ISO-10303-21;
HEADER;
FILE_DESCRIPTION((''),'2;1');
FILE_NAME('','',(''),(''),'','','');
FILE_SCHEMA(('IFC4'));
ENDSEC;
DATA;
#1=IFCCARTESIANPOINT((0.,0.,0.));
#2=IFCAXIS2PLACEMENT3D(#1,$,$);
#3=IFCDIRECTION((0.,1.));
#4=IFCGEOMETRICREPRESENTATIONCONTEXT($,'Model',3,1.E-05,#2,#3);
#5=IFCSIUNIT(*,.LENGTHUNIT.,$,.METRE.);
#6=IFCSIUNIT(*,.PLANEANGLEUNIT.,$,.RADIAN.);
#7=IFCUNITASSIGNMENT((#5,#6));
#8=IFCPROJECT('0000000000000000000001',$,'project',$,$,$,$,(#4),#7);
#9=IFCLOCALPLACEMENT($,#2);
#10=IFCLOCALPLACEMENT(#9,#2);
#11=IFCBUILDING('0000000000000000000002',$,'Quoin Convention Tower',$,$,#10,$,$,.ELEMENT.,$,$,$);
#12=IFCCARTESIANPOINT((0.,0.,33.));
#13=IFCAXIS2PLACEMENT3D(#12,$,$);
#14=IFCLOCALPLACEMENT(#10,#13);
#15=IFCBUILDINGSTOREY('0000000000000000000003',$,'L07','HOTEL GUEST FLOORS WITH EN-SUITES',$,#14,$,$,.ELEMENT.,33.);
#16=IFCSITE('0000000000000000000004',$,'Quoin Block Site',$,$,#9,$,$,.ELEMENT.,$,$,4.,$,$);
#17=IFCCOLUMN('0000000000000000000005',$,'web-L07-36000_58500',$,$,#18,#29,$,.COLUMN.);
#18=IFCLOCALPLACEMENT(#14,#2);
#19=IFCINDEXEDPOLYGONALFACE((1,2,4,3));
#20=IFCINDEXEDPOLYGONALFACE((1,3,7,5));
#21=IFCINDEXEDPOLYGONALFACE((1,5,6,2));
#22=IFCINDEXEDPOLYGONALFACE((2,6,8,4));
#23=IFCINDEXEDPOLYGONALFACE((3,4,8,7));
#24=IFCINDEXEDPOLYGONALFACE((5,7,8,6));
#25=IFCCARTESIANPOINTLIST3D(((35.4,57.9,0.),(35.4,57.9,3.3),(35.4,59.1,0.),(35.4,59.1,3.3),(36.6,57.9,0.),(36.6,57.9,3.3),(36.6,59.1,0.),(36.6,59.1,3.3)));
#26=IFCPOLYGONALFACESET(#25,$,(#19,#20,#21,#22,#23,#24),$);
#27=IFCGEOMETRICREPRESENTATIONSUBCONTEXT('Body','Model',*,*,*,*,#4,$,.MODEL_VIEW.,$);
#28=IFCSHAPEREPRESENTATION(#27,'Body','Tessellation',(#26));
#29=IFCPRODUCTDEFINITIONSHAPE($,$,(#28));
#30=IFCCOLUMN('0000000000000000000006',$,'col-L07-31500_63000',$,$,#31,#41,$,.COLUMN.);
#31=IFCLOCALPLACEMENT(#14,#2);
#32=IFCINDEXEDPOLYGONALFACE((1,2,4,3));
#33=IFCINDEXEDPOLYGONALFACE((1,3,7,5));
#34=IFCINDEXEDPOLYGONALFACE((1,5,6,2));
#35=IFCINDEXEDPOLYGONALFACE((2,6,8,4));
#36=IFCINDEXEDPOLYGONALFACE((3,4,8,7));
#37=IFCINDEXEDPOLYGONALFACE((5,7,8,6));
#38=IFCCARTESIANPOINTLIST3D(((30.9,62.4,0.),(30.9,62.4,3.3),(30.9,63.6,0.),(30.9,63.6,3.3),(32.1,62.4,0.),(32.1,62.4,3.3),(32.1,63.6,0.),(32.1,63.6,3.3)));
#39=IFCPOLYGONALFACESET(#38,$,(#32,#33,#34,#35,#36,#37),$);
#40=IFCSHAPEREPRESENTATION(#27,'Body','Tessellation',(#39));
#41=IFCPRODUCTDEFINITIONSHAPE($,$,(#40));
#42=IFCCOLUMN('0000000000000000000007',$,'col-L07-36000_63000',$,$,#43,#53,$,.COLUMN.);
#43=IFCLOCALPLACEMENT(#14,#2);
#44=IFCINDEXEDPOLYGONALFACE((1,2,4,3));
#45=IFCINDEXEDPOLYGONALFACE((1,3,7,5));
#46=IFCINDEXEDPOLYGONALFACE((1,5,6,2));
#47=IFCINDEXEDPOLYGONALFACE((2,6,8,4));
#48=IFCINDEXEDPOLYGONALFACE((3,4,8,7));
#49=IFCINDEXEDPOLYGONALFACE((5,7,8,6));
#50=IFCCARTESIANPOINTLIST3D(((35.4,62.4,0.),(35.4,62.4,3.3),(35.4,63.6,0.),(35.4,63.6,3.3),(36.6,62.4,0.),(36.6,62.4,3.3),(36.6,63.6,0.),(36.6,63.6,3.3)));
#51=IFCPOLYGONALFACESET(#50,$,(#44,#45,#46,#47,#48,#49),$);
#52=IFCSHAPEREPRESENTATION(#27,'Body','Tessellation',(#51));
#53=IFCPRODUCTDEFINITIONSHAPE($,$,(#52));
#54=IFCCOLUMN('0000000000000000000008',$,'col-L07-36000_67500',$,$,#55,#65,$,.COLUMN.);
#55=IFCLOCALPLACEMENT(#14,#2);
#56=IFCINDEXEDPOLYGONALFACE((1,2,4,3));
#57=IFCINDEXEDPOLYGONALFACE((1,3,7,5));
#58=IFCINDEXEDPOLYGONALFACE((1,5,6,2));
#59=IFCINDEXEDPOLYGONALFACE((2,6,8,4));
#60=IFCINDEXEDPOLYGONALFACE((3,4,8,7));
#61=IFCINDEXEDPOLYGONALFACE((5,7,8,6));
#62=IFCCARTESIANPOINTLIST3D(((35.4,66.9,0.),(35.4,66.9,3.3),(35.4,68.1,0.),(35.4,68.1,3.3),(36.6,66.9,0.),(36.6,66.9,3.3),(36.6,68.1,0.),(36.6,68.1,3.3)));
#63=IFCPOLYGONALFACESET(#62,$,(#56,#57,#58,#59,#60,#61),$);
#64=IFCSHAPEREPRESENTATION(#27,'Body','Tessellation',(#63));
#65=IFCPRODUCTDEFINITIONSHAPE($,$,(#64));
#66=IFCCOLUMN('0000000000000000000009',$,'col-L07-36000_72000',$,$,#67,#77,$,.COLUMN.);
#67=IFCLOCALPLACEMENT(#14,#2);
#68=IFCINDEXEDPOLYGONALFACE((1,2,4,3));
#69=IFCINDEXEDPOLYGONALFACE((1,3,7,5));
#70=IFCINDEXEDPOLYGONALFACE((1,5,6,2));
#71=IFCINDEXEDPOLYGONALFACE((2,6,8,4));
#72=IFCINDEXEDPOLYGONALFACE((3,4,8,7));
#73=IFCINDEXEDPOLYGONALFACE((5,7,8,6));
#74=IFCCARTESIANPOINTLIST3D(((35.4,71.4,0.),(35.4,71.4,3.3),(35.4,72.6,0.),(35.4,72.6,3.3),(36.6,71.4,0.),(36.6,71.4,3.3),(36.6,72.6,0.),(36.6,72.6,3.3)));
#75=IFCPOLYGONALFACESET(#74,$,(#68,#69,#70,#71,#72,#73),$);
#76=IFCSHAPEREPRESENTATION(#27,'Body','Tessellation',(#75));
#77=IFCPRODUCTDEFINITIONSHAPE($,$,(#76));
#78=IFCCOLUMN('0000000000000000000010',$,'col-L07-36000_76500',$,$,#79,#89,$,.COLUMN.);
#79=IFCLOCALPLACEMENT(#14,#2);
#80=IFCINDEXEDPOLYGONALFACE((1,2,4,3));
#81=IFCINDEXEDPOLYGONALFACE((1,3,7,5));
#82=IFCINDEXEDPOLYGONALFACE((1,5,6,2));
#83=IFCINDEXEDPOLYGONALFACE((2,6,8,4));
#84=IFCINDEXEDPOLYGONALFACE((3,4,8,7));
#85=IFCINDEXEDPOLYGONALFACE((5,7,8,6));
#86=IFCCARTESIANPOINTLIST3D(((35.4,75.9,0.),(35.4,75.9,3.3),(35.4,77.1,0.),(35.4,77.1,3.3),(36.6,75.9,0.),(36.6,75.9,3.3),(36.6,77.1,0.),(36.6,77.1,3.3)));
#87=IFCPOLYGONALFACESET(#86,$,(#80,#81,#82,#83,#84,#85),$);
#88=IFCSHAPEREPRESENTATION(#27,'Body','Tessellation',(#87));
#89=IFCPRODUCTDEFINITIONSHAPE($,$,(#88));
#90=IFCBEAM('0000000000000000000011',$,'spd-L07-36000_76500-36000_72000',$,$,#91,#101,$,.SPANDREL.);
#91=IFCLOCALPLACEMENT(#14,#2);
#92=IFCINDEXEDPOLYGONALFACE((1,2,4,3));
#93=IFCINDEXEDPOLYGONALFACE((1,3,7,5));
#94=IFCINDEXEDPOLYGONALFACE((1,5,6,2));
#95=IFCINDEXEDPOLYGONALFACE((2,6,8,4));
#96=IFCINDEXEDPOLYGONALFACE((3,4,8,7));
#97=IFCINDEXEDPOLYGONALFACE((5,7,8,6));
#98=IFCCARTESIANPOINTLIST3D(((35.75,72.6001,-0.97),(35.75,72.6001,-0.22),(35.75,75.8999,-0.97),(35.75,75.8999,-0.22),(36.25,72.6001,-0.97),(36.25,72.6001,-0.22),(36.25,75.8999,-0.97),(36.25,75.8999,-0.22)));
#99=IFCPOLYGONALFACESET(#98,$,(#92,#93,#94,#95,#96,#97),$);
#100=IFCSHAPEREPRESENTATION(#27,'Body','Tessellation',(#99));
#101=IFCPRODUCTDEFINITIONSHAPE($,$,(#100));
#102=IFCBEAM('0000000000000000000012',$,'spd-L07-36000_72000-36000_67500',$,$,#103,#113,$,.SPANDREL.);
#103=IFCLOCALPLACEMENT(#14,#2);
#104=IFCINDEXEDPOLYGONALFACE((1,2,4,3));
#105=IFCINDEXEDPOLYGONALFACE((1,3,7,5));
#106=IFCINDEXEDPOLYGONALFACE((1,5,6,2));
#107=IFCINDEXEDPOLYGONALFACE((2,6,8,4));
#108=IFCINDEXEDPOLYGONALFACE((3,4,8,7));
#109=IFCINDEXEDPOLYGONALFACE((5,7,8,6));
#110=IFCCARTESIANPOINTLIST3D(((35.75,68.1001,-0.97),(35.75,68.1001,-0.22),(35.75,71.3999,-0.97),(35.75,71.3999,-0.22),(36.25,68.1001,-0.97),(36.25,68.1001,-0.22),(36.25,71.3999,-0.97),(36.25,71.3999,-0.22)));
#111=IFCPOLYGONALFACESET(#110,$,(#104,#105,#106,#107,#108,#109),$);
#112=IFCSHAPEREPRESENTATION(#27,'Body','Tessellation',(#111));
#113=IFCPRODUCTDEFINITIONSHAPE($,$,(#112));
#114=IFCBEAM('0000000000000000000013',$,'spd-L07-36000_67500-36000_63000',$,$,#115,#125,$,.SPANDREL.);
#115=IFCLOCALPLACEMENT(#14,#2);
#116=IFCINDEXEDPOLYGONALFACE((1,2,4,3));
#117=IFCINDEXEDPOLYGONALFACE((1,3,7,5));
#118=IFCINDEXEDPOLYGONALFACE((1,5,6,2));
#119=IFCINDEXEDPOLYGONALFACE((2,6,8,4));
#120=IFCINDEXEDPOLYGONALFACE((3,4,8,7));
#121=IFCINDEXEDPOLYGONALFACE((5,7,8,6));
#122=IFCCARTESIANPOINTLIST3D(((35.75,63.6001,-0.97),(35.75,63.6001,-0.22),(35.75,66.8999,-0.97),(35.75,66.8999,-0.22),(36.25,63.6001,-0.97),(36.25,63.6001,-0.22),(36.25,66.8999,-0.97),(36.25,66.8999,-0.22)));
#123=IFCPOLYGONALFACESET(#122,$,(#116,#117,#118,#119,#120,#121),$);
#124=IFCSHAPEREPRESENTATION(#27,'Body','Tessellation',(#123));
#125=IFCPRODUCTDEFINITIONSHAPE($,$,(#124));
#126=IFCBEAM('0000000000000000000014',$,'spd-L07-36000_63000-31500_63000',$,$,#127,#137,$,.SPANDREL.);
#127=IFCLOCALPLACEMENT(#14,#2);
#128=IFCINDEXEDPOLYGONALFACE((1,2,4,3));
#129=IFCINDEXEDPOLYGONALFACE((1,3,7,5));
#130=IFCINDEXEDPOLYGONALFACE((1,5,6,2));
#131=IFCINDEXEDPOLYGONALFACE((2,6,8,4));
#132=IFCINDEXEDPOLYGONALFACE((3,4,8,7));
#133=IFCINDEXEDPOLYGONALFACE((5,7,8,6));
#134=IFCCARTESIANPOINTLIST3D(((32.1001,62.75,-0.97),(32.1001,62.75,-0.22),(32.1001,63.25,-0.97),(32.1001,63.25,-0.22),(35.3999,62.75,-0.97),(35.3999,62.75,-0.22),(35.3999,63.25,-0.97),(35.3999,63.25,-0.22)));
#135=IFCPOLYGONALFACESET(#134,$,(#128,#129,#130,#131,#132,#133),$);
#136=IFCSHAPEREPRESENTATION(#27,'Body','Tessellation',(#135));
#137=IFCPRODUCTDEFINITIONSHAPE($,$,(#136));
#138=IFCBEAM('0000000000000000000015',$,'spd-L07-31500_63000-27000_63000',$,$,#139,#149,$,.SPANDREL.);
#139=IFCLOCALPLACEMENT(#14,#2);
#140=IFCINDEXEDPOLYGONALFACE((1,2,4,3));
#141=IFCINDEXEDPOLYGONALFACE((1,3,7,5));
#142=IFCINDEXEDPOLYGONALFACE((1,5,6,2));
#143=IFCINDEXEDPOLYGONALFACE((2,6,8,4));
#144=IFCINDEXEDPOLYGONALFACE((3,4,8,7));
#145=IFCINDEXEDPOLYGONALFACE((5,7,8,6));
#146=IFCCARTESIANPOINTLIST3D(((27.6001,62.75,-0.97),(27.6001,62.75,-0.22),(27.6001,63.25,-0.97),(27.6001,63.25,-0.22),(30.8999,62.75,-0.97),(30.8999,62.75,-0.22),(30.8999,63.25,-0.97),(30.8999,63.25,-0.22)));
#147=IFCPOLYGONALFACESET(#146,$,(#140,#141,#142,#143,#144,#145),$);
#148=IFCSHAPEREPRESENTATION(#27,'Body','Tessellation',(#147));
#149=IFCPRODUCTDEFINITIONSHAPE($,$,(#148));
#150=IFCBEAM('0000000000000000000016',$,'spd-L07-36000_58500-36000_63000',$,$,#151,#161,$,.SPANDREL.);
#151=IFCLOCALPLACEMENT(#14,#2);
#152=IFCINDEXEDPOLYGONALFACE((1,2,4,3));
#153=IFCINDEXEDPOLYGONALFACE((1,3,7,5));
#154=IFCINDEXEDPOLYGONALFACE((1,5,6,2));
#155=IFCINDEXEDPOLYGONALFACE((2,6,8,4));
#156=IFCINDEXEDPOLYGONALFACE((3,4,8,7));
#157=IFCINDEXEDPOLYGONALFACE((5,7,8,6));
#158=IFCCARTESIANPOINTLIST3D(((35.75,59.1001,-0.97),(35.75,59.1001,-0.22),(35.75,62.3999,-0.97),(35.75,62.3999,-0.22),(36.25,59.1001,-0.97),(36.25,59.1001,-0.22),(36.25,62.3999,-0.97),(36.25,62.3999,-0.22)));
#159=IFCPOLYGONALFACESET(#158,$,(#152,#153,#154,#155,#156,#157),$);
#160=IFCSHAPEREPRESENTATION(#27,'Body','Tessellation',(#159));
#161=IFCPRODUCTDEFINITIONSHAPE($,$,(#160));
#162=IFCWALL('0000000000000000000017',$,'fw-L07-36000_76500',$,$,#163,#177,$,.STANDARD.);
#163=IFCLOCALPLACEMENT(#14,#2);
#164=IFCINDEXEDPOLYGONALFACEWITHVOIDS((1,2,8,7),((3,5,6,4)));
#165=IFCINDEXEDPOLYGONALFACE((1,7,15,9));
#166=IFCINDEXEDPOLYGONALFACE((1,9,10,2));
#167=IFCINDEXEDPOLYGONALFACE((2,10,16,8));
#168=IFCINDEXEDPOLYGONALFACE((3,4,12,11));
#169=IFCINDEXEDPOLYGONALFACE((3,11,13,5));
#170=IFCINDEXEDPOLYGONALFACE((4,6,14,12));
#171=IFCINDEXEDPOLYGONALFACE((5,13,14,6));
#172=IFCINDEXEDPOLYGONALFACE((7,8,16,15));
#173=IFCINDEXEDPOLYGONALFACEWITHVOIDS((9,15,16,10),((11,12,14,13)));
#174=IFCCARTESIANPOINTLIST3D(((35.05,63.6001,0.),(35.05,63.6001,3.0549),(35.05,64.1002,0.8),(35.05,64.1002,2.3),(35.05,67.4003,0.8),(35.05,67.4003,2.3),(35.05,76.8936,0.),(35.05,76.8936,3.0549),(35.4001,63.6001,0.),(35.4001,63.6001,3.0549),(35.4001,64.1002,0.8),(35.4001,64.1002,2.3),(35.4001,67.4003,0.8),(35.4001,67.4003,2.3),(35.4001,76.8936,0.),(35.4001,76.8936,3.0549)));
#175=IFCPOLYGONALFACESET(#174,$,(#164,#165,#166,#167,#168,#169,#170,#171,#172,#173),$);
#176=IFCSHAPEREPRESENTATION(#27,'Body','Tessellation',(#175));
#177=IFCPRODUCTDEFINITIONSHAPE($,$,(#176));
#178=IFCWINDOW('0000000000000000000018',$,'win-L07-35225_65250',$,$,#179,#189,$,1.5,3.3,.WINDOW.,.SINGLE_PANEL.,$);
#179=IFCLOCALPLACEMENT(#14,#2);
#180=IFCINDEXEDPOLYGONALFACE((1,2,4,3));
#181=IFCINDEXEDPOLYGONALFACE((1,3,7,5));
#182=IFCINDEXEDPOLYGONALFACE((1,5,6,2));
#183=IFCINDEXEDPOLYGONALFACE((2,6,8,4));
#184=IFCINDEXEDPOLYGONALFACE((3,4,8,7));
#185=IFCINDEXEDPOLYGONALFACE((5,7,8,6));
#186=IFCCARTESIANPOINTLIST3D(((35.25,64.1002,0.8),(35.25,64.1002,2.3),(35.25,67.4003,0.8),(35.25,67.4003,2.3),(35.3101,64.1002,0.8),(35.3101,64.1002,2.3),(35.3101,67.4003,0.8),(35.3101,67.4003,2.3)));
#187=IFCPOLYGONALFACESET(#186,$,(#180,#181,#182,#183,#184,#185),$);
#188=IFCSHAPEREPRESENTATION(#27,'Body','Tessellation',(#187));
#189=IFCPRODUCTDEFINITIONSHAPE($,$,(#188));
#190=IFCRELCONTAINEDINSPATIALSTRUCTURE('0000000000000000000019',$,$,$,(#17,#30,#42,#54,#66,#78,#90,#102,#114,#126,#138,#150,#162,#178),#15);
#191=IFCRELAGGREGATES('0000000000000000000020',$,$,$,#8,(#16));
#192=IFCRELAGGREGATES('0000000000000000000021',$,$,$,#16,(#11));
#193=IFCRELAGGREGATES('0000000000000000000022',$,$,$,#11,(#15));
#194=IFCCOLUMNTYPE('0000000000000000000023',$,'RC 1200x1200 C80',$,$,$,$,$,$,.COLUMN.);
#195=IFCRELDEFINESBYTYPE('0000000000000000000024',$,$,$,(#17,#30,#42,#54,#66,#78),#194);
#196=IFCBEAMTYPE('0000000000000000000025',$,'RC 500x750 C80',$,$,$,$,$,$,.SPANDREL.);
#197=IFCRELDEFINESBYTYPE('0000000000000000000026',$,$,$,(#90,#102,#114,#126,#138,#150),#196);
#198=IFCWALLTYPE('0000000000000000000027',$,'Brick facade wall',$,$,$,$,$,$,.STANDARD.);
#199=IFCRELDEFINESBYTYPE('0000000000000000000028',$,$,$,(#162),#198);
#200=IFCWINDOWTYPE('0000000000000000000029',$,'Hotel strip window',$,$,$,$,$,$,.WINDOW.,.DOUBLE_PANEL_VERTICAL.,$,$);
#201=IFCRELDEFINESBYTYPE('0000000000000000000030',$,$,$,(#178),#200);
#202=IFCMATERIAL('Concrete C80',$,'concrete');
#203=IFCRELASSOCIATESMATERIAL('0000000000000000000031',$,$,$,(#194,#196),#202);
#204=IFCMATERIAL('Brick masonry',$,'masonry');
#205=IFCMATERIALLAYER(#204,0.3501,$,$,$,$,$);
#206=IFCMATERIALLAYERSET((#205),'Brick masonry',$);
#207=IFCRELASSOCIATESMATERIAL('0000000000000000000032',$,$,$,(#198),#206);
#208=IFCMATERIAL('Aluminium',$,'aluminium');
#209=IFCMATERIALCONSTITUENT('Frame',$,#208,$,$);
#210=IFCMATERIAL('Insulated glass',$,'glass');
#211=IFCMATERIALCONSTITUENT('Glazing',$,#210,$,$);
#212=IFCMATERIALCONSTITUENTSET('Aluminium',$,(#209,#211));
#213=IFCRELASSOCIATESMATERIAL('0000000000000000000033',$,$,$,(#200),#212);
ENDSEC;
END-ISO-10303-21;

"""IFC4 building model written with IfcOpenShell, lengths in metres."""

from ifc_helpers import new_model, si_unit, direction, frame, frame_2d, origin, origin_2d, place, context, subcontext, project, spatial, rectangle, extrude, material, layer, layer_set, constituent, constituent_set, material_profile, profile_set, type_object, element, fill, save


model = new_model("IFC4")

# Units and contexts
model_context = context("Model", 3, precision=1e-05, world=origin(), true_north=direction((0.0, 1.0)))
body_context = subcontext(model_context, "Body", "Model", "MODEL_VIEW")
ifc_project = project(units=[si_unit("LENGTHUNIT", "METRE"), si_unit("PLANEANGLEUNIT", "RADIAN")], contexts=[model_context])

# Site, building, storey
site_placement = place(None, origin())
site = spatial("IfcSite", under=ifc_project, at=site_placement, Name="Quoin Block Site", CompositionType="ELEMENT", RefElevation=4.0)
building_placement = place(site_placement, origin())
building = spatial("IfcBuilding", under=site, at=building_placement, Name="Quoin Convention Tower", CompositionType="ELEMENT")
storey_placement = place(building_placement, frame((0.0, 0.0, 33.0)))
storey = spatial("IfcBuildingStorey", under=building, at=storey_placement, Name="L07", Description="HOTEL GUEST FLOORS WITH EN-SUITES", CompositionType="ELEMENT", Elevation=33.0)

# Columns
ifc_material_1 = material(Name="Concrete C80", Category="concrete")
ifc_material_profile_1 = material_profile(ifc_material_1, rectangle(XDim=1.2, YDim=1.2, at=origin_2d()), Name="RC 1200x1200")
ifc_profile_set_1 = profile_set([ifc_material_profile_1], Name="Concrete C80")
column_type = type_object("IfcColumnType", Name="RC 1200x1200 C80", PredefinedType="COLUMN", material=ifc_profile_set_1)
for number, where, z_axis, x_axis, name in (
    (1, (36.0, 58.5, 0.0), (0.0, 0.0, 1.0), (1.0, 0.0, 0.0), "web-L07-36000_58500"),
    (2, (31.5, 63.0, 0.0), (0.0, 0.0, 1.0), (1.0, 0.0, 0.0), "col-L07-31500_63000"),
    (3, (36.0, 63.0, 0.0), (0.0, 0.0, 1.0), (1.0, 0.0, 0.0), "col-L07-36000_63000"),
    (4, (36.0, 67.5, 0.0), (0.0, 0.0, 1.0), (1.0, 0.0, 0.0), "col-L07-36000_67500"),
    (5, (36.0, 72.0, 0.0), (0.0, 0.0, 1.0), (1.0, 0.0, 0.0), "col-L07-36000_72000"),
    (6, (36.0, 76.5, 0.0), (0.0, 0.0, 1.0), (1.0, 0.0, 0.0), "col-L07-36000_76500"),
):
    element("IfcColumn", number, at=place(storey_placement, frame(where, z_axis=z_axis, x_axis=x_axis)), inside=storey, type_object=column_type, Name=name, PredefinedType="COLUMN", context=body_context, shape_type="SweptSolid", body=[
        extrude(rectangle(XDim=1.2, YDim=1.2, at=origin_2d()), origin(), (0.0, 0.0, 1.0), 3.3),
    ])

# Beams
ifc_material_profile_2 = material_profile(ifc_material_1, rectangle(XDim=0.5, YDim=0.75, at=origin_2d()), Name="RC 500x750")
ifc_profile_set_2 = profile_set([ifc_material_profile_2], Name="Concrete C80")
beam_type = type_object("IfcBeamType", Name="RC 500x750 C80", PredefinedType="SPANDREL", material=ifc_profile_set_2)
for number, where, z_axis, x_axis, name in (
    (7, (36.0, 75.8999, -0.595), (0.0, -1.0, 0.0), (1.0, 0.0, 0.0), "spd-L07-36000_76500-36000_72000"),
    (8, (36.0, 71.3999, -0.595), (0.0, -1.0, 0.0), (1.0, 0.0, 0.0), "spd-L07-36000_72000-36000_67500"),
    (9, (36.0, 66.8999, -0.595), (0.0, -1.0, 0.0), (1.0, 0.0, 0.0), "spd-L07-36000_67500-36000_63000"),
    (10, (35.3999, 63.0, -0.595), (-1.0, 0.0, 0.0), (0.0, -1.0, 0.0), "spd-L07-36000_63000-31500_63000"),
    (11, (30.8999, 63.0, -0.595), (-1.0, 0.0, 0.0), (0.0, -1.0, 0.0), "spd-L07-31500_63000-27000_63000"),
    (12, (36.0, 59.1001, -0.595), (0.0, 1.0, 0.0), (-1.0, 0.0, 0.0), "spd-L07-36000_58500-36000_63000"),
):
    element("IfcBeam", number, at=place(storey_placement, frame(where, z_axis=z_axis, x_axis=x_axis)), inside=storey, type_object=beam_type, Name=name, PredefinedType="SPANDREL", context=body_context, shape_type="SweptSolid", body=[
        extrude(rectangle(XDim=0.5, YDim=0.75, at=origin_2d()), origin(), (0.0, 0.0, 1.0), 3.2998),
    ])

# Wall, opening, window
ifc_material_2 = material(Name="Brick masonry", Category="masonry")
ifc_layer = layer(ifc_material_2, 0.3501)
ifc_layer_set = layer_set([ifc_layer], Name="Brick masonry")
wall_type = type_object("IfcWallType", Name="Brick facade wall", PredefinedType="STANDARD", material=ifc_layer_set)
wall_1_placement = place(storey_placement, frame((35.2251, 76.8936, 0.0), z_axis=(0.0, 0.0, 1.0), x_axis=(0.0, -1.0, 0.0)))
wall_1 = element("IfcWall", 13, at=wall_1_placement, inside=storey, type_object=wall_type, Name="fw-L07-36000_76500", PredefinedType="STANDARD", context=body_context, shape_type="SweptSolid", body=[
    extrude(rectangle(XDim=13.2935, YDim=0.3501, at=frame_2d((6.6467, 0.0))), origin(), (0.0, 0.0, 1.0), 3.0549),
])
opening_1_placement = place(wall_1_placement, frame((9.4934, 0.0, 0.8)))
opening_1 = element("IfcOpeningElement", 14, at=opening_1_placement, cuts=wall_1, PredefinedType="OPENING", context=body_context, shape_type="SweptSolid", body=[
    extrude(rectangle(XDim=3.3, YDim=1.5, at=frame_2d((1.6499, 0.75))), frame((0.0, 0.1851, 0.0), z_axis=(0.0, -1.0, 0.0), x_axis=(1.0, 0.0, 0.0)), (0.0, 0.0, 1.0), 0.3701),
])
ifc_material_3 = material(Name="Aluminium", Category="aluminium")
ifc_constituent_1 = constituent(ifc_material_3, Name="Frame")
ifc_material_4 = material(Name="Insulated glass", Category="glass")
ifc_constituent_2 = constituent(ifc_material_4, Name="Glazing")
ifc_constituent_set = constituent_set(constituents=[ifc_constituent_1, ifc_constituent_2], Name="Aluminium")
window_type = type_object("IfcWindowType", Name="Hotel strip window", PartitioningType="DOUBLE_PANEL_VERTICAL", PredefinedType="WINDOW", material=ifc_constituent_set)
window_1_placement = place(opening_1_placement, origin())
window_1 = element("IfcWindow", 15, at=window_1_placement, inside=storey, type_object=window_type, Name="win-L07-35225_65250", OverallHeight=1.5, OverallWidth=3.3, PartitioningType="SINGLE_PANEL", PredefinedType="WINDOW", context=body_context, shape_type="SweptSolid", body=[
    extrude(rectangle(XDim=3.3, YDim=1.5, at=frame_2d((1.6499, 0.75))), frame((0.0, 0.085, 0.0), z_axis=(0.0, -1.0, 0.0), x_axis=(1.0, 0.0, 0.0)), (0.0, 0.0, 1.0), 0.0601),
])
fill(opening_1, window_1)

save(model, "model.ifc")
